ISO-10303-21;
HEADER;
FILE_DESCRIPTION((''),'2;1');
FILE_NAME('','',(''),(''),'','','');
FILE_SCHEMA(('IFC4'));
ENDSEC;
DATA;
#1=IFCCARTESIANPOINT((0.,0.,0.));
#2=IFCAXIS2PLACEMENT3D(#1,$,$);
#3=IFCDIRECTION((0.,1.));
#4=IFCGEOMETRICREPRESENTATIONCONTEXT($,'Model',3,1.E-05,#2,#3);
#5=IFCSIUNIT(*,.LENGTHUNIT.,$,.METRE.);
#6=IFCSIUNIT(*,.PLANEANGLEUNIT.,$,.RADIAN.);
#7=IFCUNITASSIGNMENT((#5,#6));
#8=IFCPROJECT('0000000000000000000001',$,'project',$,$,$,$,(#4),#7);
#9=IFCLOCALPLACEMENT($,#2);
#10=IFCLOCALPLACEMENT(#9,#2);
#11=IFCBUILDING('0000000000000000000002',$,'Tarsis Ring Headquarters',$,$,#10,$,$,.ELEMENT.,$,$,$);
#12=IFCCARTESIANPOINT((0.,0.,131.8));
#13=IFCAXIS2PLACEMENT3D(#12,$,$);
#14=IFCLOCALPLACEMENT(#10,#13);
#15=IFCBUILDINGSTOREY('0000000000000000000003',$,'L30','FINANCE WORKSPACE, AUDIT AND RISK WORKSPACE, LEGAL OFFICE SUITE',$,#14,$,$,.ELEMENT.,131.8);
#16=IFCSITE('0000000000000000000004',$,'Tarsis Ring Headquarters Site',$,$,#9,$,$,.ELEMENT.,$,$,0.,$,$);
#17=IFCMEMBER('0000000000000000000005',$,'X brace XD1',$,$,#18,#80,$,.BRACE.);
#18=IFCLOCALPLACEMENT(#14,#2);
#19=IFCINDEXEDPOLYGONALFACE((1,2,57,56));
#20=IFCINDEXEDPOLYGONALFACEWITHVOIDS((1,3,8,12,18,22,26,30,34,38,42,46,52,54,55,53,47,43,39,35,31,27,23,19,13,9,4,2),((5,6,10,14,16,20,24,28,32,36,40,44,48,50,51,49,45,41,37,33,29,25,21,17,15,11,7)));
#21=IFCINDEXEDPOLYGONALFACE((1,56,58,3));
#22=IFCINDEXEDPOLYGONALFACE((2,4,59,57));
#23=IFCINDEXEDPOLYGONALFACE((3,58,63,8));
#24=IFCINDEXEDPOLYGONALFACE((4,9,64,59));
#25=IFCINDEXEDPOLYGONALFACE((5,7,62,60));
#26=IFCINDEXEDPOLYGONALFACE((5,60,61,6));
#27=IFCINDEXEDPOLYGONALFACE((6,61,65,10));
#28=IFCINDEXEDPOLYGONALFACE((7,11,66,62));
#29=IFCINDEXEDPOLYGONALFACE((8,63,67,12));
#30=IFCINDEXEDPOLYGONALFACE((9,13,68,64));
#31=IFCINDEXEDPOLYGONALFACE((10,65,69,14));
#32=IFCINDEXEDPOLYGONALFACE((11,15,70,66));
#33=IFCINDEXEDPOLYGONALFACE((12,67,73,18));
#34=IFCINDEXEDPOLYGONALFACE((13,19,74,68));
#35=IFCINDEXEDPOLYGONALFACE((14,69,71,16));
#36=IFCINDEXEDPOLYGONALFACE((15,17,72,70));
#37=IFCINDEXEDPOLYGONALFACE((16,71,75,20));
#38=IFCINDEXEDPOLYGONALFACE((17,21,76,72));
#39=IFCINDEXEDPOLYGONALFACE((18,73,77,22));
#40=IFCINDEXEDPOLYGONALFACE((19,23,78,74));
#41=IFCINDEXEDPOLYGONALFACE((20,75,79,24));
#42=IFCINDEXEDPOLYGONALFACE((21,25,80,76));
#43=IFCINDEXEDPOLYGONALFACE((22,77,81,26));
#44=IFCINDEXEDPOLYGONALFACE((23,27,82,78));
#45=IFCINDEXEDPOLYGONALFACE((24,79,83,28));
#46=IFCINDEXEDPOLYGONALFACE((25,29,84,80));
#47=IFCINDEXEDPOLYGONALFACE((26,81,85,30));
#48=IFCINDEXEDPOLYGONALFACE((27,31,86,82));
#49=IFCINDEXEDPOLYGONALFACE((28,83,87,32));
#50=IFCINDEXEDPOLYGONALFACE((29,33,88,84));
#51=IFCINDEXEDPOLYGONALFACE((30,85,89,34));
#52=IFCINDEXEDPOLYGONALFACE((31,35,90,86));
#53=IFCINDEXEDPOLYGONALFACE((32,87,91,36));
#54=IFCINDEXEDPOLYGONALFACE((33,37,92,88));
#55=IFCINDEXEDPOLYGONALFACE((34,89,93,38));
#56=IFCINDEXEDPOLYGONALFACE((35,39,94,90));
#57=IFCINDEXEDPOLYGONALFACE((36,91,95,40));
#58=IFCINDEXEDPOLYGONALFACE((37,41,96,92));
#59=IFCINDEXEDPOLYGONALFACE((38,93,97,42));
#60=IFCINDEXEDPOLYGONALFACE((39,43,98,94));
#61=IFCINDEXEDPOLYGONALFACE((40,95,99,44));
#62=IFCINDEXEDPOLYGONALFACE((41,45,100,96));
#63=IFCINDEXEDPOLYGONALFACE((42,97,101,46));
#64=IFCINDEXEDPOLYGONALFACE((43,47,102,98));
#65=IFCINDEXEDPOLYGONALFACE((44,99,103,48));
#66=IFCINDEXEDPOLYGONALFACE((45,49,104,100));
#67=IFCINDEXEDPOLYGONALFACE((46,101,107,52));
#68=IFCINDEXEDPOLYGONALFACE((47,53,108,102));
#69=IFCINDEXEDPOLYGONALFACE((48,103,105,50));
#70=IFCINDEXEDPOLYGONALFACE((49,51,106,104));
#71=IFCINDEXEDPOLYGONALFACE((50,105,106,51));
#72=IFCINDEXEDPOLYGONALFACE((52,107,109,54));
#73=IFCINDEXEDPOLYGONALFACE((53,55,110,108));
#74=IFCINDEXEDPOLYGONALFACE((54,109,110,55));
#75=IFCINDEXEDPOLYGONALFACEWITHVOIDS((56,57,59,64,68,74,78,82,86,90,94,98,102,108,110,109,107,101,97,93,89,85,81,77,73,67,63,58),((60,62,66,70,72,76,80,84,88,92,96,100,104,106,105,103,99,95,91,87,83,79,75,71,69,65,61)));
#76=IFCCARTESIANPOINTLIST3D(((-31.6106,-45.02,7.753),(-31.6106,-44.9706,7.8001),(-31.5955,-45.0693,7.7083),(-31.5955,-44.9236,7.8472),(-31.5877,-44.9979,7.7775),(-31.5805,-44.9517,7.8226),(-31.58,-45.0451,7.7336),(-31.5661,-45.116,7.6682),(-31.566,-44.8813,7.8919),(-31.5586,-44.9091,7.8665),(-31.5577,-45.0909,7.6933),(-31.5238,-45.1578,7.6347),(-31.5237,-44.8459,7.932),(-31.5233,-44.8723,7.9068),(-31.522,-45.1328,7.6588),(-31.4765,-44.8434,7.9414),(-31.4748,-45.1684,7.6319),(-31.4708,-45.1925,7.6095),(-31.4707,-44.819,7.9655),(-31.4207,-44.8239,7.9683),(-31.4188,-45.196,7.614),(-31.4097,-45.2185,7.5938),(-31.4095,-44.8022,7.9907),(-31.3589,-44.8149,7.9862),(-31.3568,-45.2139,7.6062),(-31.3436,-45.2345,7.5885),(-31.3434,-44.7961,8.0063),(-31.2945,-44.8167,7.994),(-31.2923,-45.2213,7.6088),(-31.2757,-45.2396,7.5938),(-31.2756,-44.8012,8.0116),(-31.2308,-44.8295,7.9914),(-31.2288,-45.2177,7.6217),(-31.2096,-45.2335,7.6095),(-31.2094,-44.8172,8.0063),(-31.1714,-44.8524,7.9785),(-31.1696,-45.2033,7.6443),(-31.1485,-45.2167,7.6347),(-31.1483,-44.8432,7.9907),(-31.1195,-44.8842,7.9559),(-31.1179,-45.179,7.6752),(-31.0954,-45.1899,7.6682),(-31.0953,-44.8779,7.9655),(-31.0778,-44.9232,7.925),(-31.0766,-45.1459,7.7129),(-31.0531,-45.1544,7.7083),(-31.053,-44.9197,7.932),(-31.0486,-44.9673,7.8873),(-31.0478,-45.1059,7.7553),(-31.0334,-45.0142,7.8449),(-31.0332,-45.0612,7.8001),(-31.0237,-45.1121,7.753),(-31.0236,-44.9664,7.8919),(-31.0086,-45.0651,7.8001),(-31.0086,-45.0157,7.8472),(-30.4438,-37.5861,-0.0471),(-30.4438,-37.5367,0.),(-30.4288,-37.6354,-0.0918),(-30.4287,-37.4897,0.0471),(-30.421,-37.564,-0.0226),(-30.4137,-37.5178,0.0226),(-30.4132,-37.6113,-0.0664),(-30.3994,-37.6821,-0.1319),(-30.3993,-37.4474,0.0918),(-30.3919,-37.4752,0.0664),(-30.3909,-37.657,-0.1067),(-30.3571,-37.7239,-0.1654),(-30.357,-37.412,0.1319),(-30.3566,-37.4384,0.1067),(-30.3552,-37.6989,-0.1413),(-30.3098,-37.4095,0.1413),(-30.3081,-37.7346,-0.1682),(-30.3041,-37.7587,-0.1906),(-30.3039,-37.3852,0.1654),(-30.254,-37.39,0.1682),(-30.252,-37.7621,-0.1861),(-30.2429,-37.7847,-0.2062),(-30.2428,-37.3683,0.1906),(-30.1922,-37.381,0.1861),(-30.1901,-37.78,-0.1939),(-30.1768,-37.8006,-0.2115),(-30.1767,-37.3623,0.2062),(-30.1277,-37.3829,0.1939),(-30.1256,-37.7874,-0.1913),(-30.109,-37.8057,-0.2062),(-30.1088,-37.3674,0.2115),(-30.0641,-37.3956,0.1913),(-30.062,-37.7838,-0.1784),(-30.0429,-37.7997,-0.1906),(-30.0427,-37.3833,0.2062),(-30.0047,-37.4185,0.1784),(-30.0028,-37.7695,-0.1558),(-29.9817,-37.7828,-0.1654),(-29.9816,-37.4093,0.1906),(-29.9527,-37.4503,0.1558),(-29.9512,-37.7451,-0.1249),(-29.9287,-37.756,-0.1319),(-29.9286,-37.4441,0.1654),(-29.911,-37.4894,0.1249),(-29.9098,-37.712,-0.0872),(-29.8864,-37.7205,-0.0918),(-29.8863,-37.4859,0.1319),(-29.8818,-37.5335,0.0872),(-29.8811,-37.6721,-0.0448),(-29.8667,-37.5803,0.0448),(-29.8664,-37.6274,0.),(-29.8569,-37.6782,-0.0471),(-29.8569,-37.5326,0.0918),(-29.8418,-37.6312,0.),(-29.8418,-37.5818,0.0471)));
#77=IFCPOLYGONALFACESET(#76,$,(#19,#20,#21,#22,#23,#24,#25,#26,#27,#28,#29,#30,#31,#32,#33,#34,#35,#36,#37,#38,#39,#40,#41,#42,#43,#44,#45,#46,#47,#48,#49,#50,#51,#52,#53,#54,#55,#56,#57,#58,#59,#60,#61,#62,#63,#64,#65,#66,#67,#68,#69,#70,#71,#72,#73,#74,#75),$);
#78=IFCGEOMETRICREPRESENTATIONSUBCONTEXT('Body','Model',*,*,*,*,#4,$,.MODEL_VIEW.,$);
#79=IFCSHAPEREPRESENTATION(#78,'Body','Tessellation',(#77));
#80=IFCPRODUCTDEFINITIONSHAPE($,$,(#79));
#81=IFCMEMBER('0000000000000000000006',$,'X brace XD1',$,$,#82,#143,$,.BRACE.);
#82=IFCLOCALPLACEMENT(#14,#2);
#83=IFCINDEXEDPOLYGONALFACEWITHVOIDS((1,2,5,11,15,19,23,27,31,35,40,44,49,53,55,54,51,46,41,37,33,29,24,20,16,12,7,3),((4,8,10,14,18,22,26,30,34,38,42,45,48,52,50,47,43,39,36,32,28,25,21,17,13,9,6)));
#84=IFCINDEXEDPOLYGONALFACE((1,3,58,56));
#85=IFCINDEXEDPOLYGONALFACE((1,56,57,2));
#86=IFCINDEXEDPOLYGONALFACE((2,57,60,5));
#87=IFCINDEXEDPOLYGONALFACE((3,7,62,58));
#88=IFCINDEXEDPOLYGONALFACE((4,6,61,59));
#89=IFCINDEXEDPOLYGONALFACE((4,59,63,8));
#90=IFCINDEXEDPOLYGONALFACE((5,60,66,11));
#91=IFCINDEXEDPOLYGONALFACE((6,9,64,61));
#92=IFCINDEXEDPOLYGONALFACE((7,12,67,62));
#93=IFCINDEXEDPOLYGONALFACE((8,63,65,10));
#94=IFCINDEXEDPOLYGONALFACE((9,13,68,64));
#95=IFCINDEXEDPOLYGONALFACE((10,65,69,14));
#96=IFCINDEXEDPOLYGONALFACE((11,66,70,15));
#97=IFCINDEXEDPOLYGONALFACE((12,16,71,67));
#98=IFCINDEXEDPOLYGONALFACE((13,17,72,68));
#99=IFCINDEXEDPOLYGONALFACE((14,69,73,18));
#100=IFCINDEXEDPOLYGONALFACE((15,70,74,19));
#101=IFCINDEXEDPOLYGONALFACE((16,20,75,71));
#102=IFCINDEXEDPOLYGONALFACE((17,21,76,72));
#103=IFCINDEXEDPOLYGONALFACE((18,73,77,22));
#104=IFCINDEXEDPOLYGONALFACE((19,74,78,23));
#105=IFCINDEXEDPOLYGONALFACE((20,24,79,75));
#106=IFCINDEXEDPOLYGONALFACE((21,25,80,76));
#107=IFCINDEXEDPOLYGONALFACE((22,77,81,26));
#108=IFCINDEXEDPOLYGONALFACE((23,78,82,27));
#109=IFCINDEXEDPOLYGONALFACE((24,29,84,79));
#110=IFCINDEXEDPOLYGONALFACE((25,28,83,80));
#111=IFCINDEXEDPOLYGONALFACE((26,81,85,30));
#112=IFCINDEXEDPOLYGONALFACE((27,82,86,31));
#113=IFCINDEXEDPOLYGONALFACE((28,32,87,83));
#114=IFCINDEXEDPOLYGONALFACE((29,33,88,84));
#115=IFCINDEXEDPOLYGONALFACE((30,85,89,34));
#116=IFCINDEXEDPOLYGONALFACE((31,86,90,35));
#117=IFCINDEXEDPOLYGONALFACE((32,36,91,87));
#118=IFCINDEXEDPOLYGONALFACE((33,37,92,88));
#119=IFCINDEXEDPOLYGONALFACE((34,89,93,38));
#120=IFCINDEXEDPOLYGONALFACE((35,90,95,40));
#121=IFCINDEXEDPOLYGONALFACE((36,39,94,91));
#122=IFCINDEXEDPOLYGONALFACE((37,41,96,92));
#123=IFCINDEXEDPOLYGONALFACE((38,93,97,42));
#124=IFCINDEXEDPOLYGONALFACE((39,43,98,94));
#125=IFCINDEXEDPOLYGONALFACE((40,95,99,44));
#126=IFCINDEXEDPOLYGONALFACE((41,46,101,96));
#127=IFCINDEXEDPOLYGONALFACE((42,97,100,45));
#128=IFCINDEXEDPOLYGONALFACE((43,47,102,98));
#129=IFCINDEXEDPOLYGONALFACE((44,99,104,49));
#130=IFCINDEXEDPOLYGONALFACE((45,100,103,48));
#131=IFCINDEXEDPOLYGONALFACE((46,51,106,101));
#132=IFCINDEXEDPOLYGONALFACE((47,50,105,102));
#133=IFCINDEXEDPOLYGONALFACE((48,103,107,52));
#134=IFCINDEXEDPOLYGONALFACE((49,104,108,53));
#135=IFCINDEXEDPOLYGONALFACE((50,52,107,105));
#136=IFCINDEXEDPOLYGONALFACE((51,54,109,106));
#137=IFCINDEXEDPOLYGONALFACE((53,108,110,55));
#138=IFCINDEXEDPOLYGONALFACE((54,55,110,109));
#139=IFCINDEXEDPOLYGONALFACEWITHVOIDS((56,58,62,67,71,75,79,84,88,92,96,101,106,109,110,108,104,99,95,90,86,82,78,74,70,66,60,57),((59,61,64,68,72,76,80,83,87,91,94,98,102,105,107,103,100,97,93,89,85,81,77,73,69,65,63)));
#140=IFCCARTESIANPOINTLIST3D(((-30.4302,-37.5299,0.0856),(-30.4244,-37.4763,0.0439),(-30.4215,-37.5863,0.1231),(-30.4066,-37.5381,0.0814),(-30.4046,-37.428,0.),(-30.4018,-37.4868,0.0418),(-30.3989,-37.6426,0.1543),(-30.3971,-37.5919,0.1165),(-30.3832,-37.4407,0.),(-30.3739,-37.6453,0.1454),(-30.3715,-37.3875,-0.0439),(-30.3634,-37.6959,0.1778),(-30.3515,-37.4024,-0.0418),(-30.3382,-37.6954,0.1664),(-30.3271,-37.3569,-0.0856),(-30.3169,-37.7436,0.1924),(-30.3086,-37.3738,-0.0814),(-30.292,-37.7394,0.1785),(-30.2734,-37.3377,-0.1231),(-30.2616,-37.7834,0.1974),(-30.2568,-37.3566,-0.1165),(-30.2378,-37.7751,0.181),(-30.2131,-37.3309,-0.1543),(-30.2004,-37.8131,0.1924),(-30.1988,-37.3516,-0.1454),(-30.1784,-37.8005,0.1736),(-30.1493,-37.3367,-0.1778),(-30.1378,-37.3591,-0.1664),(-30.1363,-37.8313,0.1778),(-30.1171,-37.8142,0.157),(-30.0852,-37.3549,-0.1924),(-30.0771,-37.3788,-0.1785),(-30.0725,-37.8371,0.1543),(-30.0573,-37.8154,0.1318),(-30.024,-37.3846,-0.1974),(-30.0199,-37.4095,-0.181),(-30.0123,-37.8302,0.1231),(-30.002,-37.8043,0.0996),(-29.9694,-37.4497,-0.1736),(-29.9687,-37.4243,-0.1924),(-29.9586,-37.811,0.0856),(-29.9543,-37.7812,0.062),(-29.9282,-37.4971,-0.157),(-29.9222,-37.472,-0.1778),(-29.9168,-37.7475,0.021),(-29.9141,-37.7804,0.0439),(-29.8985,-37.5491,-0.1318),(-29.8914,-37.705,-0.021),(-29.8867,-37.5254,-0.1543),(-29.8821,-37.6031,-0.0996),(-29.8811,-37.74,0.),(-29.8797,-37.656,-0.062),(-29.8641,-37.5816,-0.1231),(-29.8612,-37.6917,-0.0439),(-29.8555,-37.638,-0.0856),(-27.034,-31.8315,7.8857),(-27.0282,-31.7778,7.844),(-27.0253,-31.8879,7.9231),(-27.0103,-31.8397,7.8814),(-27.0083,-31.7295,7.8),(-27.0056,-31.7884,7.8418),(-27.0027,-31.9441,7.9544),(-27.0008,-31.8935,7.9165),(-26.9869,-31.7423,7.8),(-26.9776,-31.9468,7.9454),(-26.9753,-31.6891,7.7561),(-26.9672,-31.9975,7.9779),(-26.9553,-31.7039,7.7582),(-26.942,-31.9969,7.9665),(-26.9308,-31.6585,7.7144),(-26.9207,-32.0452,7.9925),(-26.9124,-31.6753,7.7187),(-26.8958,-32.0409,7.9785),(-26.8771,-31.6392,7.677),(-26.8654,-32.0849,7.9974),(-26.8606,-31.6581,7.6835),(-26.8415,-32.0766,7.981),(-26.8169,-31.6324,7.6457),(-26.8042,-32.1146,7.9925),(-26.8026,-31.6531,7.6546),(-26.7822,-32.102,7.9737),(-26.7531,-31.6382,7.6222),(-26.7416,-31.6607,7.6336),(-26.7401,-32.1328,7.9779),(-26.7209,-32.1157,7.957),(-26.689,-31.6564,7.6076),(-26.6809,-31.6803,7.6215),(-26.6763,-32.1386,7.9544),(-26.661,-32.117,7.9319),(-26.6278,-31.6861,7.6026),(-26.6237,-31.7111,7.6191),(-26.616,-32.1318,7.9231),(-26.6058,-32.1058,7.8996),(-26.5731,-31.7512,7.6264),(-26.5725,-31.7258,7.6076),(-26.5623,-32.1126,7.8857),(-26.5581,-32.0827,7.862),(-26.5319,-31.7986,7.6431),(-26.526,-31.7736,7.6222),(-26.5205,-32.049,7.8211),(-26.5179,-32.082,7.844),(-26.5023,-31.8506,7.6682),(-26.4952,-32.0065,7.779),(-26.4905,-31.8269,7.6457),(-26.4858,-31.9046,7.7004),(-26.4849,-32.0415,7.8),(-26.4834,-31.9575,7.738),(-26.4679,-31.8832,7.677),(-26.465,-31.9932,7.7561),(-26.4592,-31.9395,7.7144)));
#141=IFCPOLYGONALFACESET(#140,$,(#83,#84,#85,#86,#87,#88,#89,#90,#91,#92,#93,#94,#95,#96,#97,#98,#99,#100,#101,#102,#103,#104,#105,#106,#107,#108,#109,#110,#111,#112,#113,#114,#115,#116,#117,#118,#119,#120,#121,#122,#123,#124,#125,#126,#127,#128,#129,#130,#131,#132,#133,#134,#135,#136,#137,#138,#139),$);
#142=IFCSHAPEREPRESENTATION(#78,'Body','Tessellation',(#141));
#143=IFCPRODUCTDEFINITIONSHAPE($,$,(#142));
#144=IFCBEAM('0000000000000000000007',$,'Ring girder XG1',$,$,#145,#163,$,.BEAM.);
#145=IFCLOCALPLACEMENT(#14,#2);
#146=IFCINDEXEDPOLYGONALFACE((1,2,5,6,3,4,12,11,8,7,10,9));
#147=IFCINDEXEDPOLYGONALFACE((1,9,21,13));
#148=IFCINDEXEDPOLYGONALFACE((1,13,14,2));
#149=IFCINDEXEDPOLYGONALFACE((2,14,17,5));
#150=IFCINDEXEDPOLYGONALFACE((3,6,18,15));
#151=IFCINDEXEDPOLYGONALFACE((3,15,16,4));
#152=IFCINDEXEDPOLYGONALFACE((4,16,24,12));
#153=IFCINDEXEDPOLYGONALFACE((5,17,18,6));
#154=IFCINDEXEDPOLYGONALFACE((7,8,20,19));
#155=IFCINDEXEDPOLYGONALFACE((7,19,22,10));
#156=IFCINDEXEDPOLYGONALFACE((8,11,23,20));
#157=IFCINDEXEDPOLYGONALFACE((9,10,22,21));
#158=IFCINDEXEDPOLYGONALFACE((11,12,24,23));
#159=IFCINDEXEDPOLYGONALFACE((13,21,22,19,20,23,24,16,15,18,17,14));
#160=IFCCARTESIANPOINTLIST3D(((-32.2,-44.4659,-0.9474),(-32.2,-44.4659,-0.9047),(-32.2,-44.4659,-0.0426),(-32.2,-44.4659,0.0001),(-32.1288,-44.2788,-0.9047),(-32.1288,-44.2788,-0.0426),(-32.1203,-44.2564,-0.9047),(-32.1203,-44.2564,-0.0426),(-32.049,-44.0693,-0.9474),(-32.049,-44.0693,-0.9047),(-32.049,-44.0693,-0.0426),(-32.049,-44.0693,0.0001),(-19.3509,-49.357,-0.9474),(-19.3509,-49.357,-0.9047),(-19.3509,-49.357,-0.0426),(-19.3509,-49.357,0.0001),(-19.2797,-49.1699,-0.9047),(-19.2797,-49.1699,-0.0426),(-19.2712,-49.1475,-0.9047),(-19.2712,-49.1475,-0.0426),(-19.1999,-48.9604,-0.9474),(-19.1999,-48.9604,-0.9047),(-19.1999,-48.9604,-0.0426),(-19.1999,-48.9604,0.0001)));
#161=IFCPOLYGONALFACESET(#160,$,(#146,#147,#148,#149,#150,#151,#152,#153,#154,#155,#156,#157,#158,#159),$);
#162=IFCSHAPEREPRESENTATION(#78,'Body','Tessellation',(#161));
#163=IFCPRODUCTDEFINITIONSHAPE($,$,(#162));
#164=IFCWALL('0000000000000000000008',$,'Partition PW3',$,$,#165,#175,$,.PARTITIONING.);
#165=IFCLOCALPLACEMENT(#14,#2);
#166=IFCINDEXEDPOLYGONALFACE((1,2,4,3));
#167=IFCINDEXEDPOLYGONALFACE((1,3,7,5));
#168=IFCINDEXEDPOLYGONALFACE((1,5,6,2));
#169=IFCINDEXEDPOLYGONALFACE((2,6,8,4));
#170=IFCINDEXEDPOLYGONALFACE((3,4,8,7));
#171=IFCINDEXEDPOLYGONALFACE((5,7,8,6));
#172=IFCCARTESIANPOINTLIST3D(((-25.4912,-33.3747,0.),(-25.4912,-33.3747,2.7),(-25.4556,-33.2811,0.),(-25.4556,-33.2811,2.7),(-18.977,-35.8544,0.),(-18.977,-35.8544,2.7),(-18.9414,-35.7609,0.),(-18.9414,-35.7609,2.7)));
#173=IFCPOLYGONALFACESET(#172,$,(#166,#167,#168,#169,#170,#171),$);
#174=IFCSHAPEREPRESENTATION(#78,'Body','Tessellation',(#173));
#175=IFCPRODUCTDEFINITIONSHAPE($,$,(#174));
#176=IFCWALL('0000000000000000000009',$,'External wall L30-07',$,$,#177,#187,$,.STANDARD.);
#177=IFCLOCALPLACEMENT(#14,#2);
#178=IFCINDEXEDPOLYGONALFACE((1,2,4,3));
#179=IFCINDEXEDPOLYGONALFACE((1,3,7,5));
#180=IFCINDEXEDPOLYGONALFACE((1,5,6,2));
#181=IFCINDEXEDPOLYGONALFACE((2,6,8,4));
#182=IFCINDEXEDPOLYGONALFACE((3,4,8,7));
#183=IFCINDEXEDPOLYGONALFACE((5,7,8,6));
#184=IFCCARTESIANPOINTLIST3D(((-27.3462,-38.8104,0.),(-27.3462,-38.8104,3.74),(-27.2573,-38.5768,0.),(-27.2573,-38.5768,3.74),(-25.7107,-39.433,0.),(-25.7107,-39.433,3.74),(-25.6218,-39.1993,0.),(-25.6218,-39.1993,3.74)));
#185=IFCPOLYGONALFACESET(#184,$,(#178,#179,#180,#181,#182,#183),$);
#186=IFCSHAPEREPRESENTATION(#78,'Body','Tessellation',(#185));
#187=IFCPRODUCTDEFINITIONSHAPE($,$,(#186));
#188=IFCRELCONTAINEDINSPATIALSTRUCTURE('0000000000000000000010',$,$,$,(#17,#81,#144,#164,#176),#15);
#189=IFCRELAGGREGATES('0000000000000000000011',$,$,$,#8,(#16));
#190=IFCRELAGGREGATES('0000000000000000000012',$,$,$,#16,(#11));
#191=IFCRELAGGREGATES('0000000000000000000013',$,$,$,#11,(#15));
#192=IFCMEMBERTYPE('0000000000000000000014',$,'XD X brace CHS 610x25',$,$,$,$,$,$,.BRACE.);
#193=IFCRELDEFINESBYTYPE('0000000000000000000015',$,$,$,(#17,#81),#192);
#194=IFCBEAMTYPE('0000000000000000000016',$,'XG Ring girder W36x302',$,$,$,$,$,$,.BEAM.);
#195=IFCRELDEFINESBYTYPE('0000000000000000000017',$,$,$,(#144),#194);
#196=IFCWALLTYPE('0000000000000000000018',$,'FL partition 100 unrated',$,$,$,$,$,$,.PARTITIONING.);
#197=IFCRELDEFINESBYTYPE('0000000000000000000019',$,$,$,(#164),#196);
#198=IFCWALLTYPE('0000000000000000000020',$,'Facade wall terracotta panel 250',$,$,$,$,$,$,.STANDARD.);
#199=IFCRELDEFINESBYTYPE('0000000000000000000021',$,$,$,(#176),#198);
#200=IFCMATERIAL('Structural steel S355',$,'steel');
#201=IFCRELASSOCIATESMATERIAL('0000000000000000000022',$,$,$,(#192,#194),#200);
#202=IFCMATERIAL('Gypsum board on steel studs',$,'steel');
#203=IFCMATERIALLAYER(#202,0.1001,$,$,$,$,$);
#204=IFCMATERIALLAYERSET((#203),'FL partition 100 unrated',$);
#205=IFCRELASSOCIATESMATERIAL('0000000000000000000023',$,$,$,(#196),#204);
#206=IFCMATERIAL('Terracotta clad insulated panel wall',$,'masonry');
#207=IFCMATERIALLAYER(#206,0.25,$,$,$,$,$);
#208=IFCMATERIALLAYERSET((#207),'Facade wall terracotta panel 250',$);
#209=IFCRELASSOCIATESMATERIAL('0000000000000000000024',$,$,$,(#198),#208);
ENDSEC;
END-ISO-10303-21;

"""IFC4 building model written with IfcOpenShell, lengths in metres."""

from ifc_helpers import new_model, si_unit, direction, frame, frame_2d, origin, origin_2d, place, context, subcontext, project, spatial, rectangle, hollow_circle, i_section, extrude, material, layer, layer_set, material_profile, profile_set, type_object, element, save


model = new_model("IFC4")

# Units and contexts
model_context = context("Model", 3, precision=1e-05, world=origin(), true_north=direction((0.0, 1.0)))
body_context = subcontext(model_context, "Body", "Model", "MODEL_VIEW")
ifc_project = project(units=[si_unit("LENGTHUNIT", "METRE"), si_unit("PLANEANGLEUNIT", "RADIAN")], contexts=[model_context])

# Site, building, storey
site_placement = place(None, origin())
site = spatial("IfcSite", under=ifc_project, at=site_placement, Name="Tarsis Ring Headquarters Site", CompositionType="ELEMENT", RefElevation=0.0)
building_placement = place(site_placement, origin())
building = spatial("IfcBuilding", under=site, at=building_placement, Name="Tarsis Ring Headquarters", CompositionType="ELEMENT")
storey_placement = place(building_placement, frame((0.0, 0.0, 131.8)))
storey = spatial("IfcBuildingStorey", under=building, at=storey_placement, Name="L30", Description="FINANCE WORKSPACE, AUDIT AND RISK WORKSPACE, LEGAL OFFICE SUITE", CompositionType="ELEMENT", Elevation=131.8)

# Shared definitions
ifc_material_1 = material(Name="Structural steel S355", Category="steel")

# Members
ifc_material_profile_1 = material_profile(ifc_material_1, hollow_circle(Radius=0.3047, WallThickness=0.0249, at=origin_2d()), Name="CHS 610x25")
ifc_profile_set_1 = profile_set([ifc_material_profile_1], Name="Structural steel S355")
member_type = type_object("IfcMemberType", Name="XD X brace CHS 610x25", PredefinedType="BRACE", material=ifc_profile_set_1)
member_1_placement = place(storey_placement, frame((-30.1428, -37.584, 0.0), z_axis=(-0.107653, -0.6859, 0.719689), x_axis=(0.987906, -0.155053, 0.0)))
element("IfcMember", 1, at=member_1_placement, inside=storey, type_object=member_type, Name="X brace XD1", PredefinedType="BRACE", context=body_context, shape_type="SweptSolid", body=[
    extrude(hollow_circle(Radius=0.3047, WallThickness=0.0249, at=origin_2d()), origin(), (0.0, 0.0, 1.0), 10.8381),
])
member_2_placement = place(storey_placement, frame((-30.1428, -37.584, 0.0), z_axis=(0.331679, 0.556518, 0.761759), x_axis=(-0.859009, 0.511961, 0.0)))
element("IfcMember", 2, at=member_2_placement, inside=storey, type_object=member_type, Name="X brace XD1", PredefinedType="BRACE", context=body_context, shape_type="SweptSolid", body=[
    extrude(hollow_circle(Radius=0.3047, WallThickness=0.0249, at=origin_2d()), origin(), (0.0, 0.0, 1.0), 10.2395),
])

# Beam
ifc_material_profile_2 = material_profile(ifc_material_1, i_section(OverallWidth=0.4243, OverallDepth=0.9475, WebThickness=0.0239, FlangeThickness=0.0427, at=origin_2d()), Name="W36x302")
ifc_profile_set_2 = profile_set([ifc_material_profile_2], Name="Structural steel S355")
beam_type_1 = type_object("IfcBeamType", Name="XG Ring girder W36x302", PredefinedType="BEAM", material=ifc_profile_set_2)
beam_placement = place(storey_placement, frame((-32.1245, -44.2676, -0.4736), z_axis=(0.934579, -0.355755, 0.0), x_axis=(0.355755, 0.934579, 0.0)))
element("IfcBeam", 3, at=beam_placement, inside=storey, type_object=beam_type_1, Name="Ring girder XG1", PredefinedType="BEAM", context=body_context, shape_type="SweptSolid", body=[
    extrude(i_section(OverallWidth=0.4243, OverallDepth=0.9475, WebThickness=0.0239, FlangeThickness=0.0427, at=origin_2d()), origin(), (0.0, 0.0, 1.0), 13.7485),
])

# Walls
ifc_material_2 = material(Name="Gypsum board on steel studs", Category="steel")
ifc_layer_1 = layer(ifc_material_2, 0.1001)
ifc_layer_set_1 = layer_set([ifc_layer_1], Name="FL partition 100 unrated")
wall_type_1 = type_object("IfcWallType", Name="FL partition 100 unrated", PredefinedType="PARTITIONING", material=ifc_layer_set_1)
wall_1_placement = place(storey_placement, frame((-25.4734, -33.3279, 0.0), z_axis=(0.0, 0.0, 1.0), x_axis=(0.934576, -0.355764, 0.0)))
element("IfcWall", 4, at=wall_1_placement, inside=storey, type_object=wall_type_1, Name="Partition PW3", PredefinedType="PARTITIONING", context=body_context, shape_type="SweptSolid", body=[
    extrude(rectangle(XDim=6.9702, YDim=0.1001, at=frame_2d((3.4851, 0.0))), origin(), (0.0, 0.0, 1.0), 2.7),
])
ifc_material_3 = material(Name="Terracotta clad insulated panel wall", Category="masonry")
ifc_layer_2 = layer(ifc_material_3, 0.25)
ifc_layer_set_2 = layer_set([ifc_layer_2], Name="Facade wall terracotta panel 250")
wall_type_2 = type_object("IfcWallType", Name="Facade wall terracotta panel 250", PredefinedType="STANDARD", material=ifc_layer_set_2)
for number, where, z_axis, x_axis, name in (
    (5, (-27.3018, -38.6936, 0.0), (0.0, 0.0, 1.0), (0.934581, -0.355752, 0.0), "External wall L30-07"),
):
    element("IfcWall", number, at=place(storey_placement, frame(where, z_axis=z_axis, x_axis=x_axis)), inside=storey, type_object=wall_type_2, Name=name, PredefinedType="STANDARD", context=body_context, shape_type="SweptSolid", body=[
        extrude(rectangle(XDim=1.75, YDim=0.25, at=frame_2d((0.875, 0.0))), origin(), (0.0, 0.0, 1.0), 3.74),
    ])

save(model, "model.ifc")
